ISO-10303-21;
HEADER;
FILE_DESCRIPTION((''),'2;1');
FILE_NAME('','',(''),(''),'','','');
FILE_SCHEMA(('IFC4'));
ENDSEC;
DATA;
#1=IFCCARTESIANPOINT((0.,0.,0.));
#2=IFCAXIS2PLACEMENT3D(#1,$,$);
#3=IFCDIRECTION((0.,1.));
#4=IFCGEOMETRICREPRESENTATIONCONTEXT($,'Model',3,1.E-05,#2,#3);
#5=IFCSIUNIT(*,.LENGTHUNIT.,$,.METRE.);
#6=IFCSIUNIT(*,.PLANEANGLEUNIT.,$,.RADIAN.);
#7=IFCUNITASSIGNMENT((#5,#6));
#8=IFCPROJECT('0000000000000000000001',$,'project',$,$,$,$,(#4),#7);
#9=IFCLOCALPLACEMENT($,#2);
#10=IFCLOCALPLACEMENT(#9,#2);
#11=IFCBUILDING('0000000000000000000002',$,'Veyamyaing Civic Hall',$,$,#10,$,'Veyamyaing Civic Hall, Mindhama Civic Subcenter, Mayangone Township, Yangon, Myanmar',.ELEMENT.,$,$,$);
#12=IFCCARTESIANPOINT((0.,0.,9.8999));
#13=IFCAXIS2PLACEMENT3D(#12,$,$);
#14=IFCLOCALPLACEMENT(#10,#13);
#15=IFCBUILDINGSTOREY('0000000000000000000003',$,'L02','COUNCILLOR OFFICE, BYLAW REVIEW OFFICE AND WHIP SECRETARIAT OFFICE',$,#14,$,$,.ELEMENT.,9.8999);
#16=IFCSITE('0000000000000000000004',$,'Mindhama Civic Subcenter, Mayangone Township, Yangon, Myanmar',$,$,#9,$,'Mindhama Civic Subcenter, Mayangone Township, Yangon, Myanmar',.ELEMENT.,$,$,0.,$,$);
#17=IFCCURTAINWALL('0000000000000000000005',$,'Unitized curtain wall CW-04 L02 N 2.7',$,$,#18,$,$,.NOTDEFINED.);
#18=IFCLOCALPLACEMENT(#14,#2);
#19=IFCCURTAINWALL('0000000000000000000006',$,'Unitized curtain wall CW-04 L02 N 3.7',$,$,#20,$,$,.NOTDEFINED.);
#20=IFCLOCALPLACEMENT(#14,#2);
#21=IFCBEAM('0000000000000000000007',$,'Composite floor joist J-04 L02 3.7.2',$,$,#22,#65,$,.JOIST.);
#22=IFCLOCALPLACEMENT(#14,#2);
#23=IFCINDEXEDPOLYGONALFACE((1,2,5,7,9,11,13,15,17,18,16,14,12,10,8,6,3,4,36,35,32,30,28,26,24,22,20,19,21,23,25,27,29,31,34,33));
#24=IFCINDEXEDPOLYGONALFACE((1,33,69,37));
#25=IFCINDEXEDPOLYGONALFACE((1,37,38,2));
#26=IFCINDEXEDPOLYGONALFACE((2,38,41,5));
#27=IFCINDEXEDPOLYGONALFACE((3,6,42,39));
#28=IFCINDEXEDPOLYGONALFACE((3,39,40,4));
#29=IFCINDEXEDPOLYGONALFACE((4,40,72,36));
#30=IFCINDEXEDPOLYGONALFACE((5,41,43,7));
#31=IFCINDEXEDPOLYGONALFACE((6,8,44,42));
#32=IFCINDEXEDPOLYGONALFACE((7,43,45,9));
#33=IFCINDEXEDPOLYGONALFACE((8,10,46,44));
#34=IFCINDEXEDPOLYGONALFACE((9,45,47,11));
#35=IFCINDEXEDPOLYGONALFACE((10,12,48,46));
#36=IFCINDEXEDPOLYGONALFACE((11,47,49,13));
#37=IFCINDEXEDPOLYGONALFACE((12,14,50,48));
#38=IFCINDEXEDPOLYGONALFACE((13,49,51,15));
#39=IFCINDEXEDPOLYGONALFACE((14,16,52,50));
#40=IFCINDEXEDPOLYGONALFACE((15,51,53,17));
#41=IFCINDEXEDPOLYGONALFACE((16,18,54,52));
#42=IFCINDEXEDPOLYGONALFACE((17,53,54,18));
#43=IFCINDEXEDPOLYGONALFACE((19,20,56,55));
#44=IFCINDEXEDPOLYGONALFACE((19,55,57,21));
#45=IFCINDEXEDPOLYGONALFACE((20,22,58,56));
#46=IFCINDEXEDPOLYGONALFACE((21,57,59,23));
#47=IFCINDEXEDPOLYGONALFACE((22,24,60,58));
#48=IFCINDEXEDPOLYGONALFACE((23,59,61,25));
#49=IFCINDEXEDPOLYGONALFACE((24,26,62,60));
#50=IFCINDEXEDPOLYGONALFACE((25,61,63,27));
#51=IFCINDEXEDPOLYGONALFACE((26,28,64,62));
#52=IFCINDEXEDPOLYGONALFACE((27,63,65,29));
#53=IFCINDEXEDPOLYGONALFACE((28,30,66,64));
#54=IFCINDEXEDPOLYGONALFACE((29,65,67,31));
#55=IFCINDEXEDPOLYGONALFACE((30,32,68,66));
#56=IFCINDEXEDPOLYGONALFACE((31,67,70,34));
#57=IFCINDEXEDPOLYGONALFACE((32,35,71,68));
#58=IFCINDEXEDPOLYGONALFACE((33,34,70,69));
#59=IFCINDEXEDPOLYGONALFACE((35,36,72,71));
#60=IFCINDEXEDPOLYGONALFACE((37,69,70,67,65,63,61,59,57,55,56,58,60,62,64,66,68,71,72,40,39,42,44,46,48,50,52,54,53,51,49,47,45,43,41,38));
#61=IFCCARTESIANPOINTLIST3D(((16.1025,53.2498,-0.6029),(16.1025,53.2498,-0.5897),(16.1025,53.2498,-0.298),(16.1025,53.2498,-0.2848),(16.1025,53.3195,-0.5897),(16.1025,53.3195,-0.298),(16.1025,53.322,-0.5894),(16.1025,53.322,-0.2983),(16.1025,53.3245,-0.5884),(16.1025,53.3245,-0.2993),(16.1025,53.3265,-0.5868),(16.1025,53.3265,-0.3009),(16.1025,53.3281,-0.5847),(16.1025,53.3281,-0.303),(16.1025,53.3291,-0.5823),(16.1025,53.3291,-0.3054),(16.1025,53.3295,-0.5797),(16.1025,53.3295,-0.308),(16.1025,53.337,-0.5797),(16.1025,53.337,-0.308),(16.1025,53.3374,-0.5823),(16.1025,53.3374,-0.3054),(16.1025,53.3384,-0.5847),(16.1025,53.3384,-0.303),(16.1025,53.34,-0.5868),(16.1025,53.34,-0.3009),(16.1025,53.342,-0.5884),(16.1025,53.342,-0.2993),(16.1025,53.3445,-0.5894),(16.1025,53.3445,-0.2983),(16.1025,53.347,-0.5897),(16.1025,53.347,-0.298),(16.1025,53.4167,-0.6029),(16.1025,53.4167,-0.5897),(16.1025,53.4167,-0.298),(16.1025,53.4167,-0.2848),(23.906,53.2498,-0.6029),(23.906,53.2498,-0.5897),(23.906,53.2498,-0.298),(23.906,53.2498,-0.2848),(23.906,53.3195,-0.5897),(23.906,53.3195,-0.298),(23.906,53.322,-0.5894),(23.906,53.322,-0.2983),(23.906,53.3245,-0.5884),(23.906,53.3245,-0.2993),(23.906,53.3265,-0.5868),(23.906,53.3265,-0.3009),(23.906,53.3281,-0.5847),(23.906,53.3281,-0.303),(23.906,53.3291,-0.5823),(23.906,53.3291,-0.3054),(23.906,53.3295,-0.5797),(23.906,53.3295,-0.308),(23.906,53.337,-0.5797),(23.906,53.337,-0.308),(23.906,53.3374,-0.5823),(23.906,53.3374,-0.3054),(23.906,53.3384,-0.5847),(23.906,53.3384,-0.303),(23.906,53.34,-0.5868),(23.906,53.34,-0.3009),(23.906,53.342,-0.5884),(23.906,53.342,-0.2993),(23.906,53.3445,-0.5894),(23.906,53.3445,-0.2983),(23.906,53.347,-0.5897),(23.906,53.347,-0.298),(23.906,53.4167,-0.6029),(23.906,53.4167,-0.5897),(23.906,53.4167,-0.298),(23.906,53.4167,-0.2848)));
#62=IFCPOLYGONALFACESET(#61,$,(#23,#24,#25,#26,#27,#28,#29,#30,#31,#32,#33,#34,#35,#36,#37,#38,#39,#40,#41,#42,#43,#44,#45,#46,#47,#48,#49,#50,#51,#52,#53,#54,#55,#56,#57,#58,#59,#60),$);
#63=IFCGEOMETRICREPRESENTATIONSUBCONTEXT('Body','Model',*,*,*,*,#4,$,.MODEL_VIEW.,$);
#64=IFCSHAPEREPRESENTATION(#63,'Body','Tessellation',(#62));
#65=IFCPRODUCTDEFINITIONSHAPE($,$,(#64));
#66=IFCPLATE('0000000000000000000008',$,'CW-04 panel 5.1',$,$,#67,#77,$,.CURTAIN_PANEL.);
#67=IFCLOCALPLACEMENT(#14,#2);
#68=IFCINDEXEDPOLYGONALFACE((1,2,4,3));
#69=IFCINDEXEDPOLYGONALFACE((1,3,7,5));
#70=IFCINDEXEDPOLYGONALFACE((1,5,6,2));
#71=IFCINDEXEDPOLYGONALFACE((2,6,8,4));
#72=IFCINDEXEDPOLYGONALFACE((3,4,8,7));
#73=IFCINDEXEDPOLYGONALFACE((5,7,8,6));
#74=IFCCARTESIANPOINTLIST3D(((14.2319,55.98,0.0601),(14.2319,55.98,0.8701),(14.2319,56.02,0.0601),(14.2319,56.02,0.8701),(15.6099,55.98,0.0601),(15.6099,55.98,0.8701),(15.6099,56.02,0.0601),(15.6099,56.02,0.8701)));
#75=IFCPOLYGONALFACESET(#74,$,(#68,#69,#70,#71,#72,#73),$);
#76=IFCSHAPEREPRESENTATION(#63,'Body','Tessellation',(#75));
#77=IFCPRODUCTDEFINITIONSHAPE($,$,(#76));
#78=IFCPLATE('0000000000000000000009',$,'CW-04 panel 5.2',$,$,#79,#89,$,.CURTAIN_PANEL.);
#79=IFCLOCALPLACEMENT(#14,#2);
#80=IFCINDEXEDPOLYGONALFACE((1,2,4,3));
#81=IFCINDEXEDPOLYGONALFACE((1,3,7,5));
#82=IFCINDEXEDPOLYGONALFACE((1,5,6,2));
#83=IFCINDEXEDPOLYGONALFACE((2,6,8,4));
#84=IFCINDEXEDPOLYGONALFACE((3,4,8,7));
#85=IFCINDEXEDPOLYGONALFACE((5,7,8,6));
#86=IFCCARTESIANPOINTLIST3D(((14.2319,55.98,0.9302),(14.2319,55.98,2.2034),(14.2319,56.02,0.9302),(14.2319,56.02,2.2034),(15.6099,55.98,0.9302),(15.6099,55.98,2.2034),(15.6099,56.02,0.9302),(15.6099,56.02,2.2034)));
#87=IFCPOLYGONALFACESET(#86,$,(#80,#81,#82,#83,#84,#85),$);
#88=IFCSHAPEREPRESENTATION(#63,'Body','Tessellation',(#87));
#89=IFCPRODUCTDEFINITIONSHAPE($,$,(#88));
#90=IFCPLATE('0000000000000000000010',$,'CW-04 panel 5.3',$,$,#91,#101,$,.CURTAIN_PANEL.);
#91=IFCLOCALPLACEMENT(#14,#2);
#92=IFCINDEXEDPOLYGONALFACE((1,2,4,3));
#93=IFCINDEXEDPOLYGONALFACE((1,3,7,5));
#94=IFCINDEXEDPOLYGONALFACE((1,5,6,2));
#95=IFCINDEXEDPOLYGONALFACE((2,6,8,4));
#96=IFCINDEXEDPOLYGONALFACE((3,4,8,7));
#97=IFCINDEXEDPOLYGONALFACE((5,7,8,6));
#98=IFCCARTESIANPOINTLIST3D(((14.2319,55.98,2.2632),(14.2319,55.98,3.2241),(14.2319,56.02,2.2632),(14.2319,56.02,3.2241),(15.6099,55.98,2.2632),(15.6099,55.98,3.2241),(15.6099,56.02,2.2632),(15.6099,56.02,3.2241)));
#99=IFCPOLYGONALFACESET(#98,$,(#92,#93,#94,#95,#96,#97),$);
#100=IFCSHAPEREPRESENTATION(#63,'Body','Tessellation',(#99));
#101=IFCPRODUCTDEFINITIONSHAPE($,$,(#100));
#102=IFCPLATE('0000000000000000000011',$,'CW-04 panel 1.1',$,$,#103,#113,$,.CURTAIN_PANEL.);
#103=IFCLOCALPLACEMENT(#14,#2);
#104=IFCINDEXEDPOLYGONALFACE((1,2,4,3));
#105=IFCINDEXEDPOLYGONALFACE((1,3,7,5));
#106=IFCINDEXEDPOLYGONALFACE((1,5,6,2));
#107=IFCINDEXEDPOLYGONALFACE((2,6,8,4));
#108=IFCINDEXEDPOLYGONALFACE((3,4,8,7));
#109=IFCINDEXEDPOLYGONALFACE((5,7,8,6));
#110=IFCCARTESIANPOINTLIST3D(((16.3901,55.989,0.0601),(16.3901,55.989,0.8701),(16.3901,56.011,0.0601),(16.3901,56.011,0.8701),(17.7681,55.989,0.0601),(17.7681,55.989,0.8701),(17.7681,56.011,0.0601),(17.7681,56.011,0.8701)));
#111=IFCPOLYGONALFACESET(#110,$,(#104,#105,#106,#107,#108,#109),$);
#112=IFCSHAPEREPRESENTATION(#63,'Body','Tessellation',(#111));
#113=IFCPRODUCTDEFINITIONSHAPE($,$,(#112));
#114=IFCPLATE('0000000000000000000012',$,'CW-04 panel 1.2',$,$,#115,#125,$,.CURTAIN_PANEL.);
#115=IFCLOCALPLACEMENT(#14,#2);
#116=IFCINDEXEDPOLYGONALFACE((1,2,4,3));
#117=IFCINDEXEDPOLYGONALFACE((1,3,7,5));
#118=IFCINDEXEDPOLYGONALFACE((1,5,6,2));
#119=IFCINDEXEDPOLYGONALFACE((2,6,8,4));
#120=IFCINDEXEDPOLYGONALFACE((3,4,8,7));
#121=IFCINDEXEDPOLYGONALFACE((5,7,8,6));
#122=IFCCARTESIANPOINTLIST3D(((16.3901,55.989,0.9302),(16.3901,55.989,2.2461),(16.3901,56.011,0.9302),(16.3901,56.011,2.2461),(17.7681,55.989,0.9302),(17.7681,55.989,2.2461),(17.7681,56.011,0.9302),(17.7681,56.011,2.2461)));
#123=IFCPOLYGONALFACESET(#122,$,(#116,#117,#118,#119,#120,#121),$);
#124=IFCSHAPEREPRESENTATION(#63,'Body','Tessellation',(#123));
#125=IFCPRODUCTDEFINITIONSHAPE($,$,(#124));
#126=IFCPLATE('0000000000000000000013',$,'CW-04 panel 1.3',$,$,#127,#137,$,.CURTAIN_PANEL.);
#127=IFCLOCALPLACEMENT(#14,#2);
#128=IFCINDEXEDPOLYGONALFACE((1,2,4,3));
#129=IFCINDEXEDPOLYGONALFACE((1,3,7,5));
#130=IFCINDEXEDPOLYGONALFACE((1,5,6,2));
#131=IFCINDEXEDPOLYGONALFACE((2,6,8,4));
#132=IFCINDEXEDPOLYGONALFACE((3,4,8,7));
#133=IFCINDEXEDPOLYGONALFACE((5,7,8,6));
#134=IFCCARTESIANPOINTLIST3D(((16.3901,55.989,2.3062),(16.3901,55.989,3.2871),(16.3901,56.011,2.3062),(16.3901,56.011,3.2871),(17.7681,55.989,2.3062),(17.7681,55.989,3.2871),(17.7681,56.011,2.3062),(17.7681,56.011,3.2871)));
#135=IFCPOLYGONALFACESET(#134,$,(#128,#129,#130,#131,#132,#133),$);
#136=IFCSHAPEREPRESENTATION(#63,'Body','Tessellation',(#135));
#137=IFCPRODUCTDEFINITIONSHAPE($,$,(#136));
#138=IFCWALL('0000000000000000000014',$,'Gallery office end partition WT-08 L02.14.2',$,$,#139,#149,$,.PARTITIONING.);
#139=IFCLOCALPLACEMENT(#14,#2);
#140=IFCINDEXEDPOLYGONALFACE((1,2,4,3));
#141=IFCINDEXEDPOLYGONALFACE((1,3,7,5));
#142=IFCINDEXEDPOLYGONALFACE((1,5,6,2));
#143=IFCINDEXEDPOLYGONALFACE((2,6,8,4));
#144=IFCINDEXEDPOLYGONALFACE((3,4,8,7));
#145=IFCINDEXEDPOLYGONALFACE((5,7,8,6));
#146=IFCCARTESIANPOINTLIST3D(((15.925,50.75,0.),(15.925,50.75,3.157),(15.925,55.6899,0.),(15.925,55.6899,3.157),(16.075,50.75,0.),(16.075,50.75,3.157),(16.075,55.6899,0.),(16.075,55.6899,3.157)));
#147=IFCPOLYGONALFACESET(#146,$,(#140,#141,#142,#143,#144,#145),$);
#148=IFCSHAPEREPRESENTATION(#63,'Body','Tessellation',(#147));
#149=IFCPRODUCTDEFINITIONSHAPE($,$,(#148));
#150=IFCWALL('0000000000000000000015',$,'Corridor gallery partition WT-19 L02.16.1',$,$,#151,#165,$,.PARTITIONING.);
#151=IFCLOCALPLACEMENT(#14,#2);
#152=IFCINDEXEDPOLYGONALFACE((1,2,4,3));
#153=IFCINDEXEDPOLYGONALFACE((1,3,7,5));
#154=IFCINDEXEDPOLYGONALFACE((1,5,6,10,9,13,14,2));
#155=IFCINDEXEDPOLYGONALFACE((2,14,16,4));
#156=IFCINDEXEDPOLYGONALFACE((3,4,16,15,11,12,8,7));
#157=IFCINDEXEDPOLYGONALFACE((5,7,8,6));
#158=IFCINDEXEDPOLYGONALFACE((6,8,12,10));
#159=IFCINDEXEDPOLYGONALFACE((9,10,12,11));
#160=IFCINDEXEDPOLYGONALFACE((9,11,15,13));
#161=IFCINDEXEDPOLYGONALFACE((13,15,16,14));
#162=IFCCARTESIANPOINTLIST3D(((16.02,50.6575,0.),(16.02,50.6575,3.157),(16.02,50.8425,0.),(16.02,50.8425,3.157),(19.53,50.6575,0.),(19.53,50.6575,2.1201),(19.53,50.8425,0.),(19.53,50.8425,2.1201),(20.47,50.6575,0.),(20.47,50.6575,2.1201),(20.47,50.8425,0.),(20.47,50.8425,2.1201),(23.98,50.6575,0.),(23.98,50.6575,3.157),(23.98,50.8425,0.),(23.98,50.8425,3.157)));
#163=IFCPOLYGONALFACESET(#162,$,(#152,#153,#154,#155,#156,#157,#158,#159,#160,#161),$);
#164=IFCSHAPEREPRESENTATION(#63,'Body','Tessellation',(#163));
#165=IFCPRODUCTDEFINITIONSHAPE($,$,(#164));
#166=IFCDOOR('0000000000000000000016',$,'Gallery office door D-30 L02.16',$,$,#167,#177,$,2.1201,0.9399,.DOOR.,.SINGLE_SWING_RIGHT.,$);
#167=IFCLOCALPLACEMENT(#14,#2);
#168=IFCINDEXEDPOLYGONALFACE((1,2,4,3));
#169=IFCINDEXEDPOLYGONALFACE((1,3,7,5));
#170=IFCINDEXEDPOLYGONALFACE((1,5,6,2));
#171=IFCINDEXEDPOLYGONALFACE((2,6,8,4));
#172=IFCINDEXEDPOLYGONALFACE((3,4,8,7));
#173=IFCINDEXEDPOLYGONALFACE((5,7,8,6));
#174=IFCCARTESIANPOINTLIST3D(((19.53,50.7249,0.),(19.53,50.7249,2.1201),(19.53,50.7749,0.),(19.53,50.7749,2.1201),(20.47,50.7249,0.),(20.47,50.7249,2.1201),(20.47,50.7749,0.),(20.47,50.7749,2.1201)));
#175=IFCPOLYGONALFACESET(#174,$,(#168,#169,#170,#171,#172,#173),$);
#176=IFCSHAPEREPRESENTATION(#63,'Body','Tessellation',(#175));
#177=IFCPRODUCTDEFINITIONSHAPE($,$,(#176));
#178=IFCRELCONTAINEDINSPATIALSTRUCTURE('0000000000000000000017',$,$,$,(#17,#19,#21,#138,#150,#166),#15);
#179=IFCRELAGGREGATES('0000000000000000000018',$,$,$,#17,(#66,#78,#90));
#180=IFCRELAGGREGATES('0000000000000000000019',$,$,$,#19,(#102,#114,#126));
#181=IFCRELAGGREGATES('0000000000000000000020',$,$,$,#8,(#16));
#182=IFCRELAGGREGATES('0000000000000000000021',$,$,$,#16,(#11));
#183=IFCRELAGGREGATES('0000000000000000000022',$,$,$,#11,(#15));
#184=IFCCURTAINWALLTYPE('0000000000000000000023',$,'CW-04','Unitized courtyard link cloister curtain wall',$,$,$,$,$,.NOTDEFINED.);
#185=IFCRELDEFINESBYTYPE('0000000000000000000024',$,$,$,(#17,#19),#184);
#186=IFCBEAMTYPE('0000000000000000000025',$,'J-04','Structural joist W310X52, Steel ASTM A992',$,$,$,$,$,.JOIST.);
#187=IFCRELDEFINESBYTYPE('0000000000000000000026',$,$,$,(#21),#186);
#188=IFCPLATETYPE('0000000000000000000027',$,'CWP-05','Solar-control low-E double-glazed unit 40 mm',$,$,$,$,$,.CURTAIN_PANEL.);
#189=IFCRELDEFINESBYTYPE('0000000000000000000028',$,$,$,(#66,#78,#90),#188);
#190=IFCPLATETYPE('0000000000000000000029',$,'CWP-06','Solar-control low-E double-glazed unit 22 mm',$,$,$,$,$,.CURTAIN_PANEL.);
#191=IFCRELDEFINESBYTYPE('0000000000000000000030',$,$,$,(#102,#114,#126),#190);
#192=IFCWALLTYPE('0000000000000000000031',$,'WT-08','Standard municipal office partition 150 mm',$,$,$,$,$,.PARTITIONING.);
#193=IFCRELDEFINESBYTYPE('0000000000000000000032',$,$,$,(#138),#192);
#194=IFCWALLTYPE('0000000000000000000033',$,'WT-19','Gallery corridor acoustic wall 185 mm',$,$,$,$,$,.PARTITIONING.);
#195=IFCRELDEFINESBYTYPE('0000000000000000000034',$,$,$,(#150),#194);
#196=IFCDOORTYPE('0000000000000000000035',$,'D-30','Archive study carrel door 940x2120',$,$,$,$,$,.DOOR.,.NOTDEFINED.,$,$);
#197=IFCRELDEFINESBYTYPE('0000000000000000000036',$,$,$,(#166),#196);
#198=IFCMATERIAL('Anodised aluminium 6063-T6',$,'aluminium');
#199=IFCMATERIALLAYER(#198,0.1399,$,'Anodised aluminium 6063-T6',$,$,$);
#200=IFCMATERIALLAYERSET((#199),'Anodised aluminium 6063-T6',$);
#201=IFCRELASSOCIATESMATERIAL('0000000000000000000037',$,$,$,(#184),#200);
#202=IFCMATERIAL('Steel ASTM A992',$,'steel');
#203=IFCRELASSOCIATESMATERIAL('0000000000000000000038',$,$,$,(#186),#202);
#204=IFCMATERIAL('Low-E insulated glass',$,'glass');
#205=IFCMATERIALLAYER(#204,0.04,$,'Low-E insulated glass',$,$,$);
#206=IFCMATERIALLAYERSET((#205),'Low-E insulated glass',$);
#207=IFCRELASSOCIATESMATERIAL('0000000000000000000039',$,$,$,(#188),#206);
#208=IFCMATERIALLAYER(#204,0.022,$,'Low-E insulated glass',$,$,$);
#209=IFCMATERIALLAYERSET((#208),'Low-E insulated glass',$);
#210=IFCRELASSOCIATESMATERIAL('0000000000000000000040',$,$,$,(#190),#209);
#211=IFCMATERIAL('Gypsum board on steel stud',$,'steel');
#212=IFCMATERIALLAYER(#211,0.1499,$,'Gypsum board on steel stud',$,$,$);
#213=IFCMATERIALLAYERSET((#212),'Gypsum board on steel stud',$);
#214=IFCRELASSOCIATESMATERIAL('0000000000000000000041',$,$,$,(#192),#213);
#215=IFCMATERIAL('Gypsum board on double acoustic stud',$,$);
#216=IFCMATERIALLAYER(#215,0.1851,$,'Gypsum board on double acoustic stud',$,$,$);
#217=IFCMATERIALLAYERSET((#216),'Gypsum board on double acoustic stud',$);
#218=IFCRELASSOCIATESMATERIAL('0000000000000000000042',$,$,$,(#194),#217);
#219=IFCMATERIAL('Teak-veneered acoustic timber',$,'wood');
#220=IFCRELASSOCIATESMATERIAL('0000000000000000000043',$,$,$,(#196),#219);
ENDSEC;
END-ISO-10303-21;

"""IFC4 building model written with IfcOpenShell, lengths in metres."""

from ifc_helpers import new_model, si_unit, direction, frame, frame_2d, origin, origin_2d, place, context, subcontext, project, spatial, rectangle, i_section, extrude, material, layer, layer_set, material_profile, profile_set, type_object, element, fill, aggregate, save


model = new_model("IFC4")

# Units and contexts
model_context = context("Model", 3, precision=1e-05, world=origin(), true_north=direction((0.0, 1.0)))
body_context = subcontext(model_context, "Body", "Model", "MODEL_VIEW")
ifc_project = project(units=[si_unit("LENGTHUNIT", "METRE"), si_unit("PLANEANGLEUNIT", "RADIAN")], contexts=[model_context])

# Site, building, storey
site_placement = place(None, origin())
site = spatial("IfcSite", under=ifc_project, at=site_placement, Name="Mindhama Civic Subcenter, Mayangone Township, Yangon, Myanmar", LongName="Mindhama Civic Subcenter, Mayangone Township, Yangon, Myanmar", CompositionType="ELEMENT", RefElevation=0.0)
building_placement = place(site_placement, origin())
building = spatial("IfcBuilding", under=site, at=building_placement, Name="Veyamyaing Civic Hall", LongName="Veyamyaing Civic Hall, Mindhama Civic Subcenter, Mayangone Township, Yangon, Myanmar", CompositionType="ELEMENT")
storey_placement = place(building_placement, frame((0.0, 0.0, 9.8999)))
storey = spatial("IfcBuildingStorey", under=building, at=storey_placement, Name="L02", Description="COUNCILLOR OFFICE, BYLAW REVIEW OFFICE AND WHIP SECRETARIAT OFFICE", CompositionType="ELEMENT", Elevation=9.8999)

# Shared definitions
ifc_material_1 = material(Name="Steel ASTM A992", Category="steel")

# Curtain wall
ifc_material_2 = material(Name="Anodised aluminium 6063-T6", Category="aluminium")
ifc_layer_1 = layer(ifc_material_2, 0.1399, Name="Anodised aluminium 6063-T6")
ifc_layer_set_1 = layer_set([ifc_layer_1], Name="Anodised aluminium 6063-T6")
curtain_wall_type = type_object("IfcCurtainWallType", Name="CW-04", Description="Unitized courtyard link cloister curtain wall", PredefinedType="NOTDEFINED", material=ifc_layer_set_1)
curtain_wall_1_placement = place(storey_placement, origin())
curtain_wall_1 = element("IfcCurtainWall", 1, at=curtain_wall_1_placement, inside=storey, type_object=curtain_wall_type, Name="Unitized curtain wall CW-04 L02 N 2.7", PredefinedType="NOTDEFINED")

# Curtain wall
curtain_wall_2_placement = place(storey_placement, origin())
curtain_wall_2 = element("IfcCurtainWall", 2, at=curtain_wall_2_placement, inside=storey, type_object=curtain_wall_type, Name="Unitized curtain wall CW-04 L02 N 3.7", PredefinedType="NOTDEFINED")

# Beam
ifc_material_profile_1 = material_profile(ifc_material_1, i_section(OverallWidth=0.167, OverallDepth=0.3181, WebThickness=0.0076, FlangeThickness=0.0132, FilletRadius=0.01, at=origin_2d()), Name="W310X52")
ifc_profile_set_1 = profile_set([ifc_material_profile_1], Name="Steel ASTM A992")
beam_type_1 = type_object("IfcBeamType", Name="J-04", Description="Structural joist W310X52, Steel ASTM A992", PredefinedType="JOIST", material=ifc_profile_set_1)
beam_1_placement = place(storey_placement, frame((16.1025, 53.3333, -0.4438), z_axis=(1.0, 0.0, 0.0), x_axis=(0.0, 1.0, 0.0)))
element("IfcBeam", 3, at=beam_1_placement, inside=storey, type_object=beam_type_1, Name="Composite floor joist J-04 L02 3.7.2", PredefinedType="JOIST", context=body_context, shape_type="SweptSolid", body=[
    extrude(i_section(OverallWidth=0.167, OverallDepth=0.3181, WebThickness=0.0076, FlangeThickness=0.0132, FilletRadius=0.01, at=origin_2d()), origin(), (0.0, 0.0, 1.0), 7.8035),
])

# Plates
ifc_material_3 = material(Name="Low-E insulated glass", Category="glass")
ifc_layer_2 = layer(ifc_material_3, 0.04, Name="Low-E insulated glass")
ifc_layer_set_2 = layer_set([ifc_layer_2], Name="Low-E insulated glass")
plate_type_1 = type_object("IfcPlateType", Name="CWP-05", Description="Solar-control low-E double-glazed unit 40 mm", PredefinedType="CURTAIN_PANEL", material=ifc_layer_set_2)
plate_1_placement = place(storey_placement, frame((14.9209, 56.0, 0.0601), z_axis=(0.0, 0.0, 1.0), x_axis=(1.0, 0.0, 0.0)))
plate_1 = element("IfcPlate", 4, at=plate_1_placement, type_object=plate_type_1, Name="CW-04 panel 5.1", PredefinedType="CURTAIN_PANEL", context=body_context, shape_type="SweptSolid", body=[
    extrude(rectangle(XDim=1.3779, YDim=0.04, at=origin_2d()), origin(), (0.0, 0.0, 1.0), 0.8101),
])
plate_2_placement = place(storey_placement, frame((14.9209, 56.0, 0.9302), z_axis=(0.0, 0.0, 1.0), x_axis=(1.0, 0.0, 0.0)))
plate_2 = element("IfcPlate", 5, at=plate_2_placement, type_object=plate_type_1, Name="CW-04 panel 5.2", PredefinedType="CURTAIN_PANEL", context=body_context, shape_type="SweptSolid", body=[
    extrude(rectangle(XDim=1.3779, YDim=0.04, at=origin_2d()), origin(), (0.0, 0.0, 1.0), 1.2732),
])
plate_3_placement = place(storey_placement, frame((14.9209, 56.0, 2.2632), z_axis=(0.0, 0.0, 1.0), x_axis=(1.0, 0.0, 0.0)))
plate_3 = element("IfcPlate", 6, at=plate_3_placement, type_object=plate_type_1, Name="CW-04 panel 5.3", PredefinedType="CURTAIN_PANEL", context=body_context, shape_type="SweptSolid", body=[
    extrude(rectangle(XDim=1.3779, YDim=0.04, at=origin_2d()), origin(), (0.0, 0.0, 1.0), 0.9609),
])
aggregate(curtain_wall_1, [plate_1, plate_2, plate_3])
ifc_layer_3 = layer(ifc_material_3, 0.022, Name="Low-E insulated glass")
ifc_layer_set_3 = layer_set([ifc_layer_3], Name="Low-E insulated glass")
plate_type_2 = type_object("IfcPlateType", Name="CWP-06", Description="Solar-control low-E double-glazed unit 22 mm", PredefinedType="CURTAIN_PANEL", material=ifc_layer_set_3)
plate_4_placement = place(storey_placement, frame((17.0791, 56.0, 0.0601), z_axis=(0.0, 0.0, 1.0), x_axis=(1.0, 0.0, 0.0)))
plate_4 = element("IfcPlate", 7, at=plate_4_placement, type_object=plate_type_2, Name="CW-04 panel 1.1", PredefinedType="CURTAIN_PANEL", context=body_context, shape_type="SweptSolid", body=[
    extrude(rectangle(XDim=1.3779, YDim=0.022, at=origin_2d()), origin(), (0.0, 0.0, 1.0), 0.8101),
])
plate_5_placement = place(storey_placement, frame((17.0791, 56.0, 0.9302), z_axis=(0.0, 0.0, 1.0), x_axis=(1.0, 0.0, 0.0)))
plate_5 = element("IfcPlate", 8, at=plate_5_placement, type_object=plate_type_2, Name="CW-04 panel 1.2", PredefinedType="CURTAIN_PANEL", context=body_context, shape_type="SweptSolid", body=[
    extrude(rectangle(XDim=1.3779, YDim=0.022, at=origin_2d()), origin(), (0.0, 0.0, 1.0), 1.3159),
])
plate_6_placement = place(storey_placement, frame((17.0791, 56.0, 2.3062), z_axis=(0.0, 0.0, 1.0), x_axis=(1.0, 0.0, 0.0)))
plate_6 = element("IfcPlate", 9, at=plate_6_placement, type_object=plate_type_2, Name="CW-04 panel 1.3", PredefinedType="CURTAIN_PANEL", context=body_context, shape_type="SweptSolid", body=[
    extrude(rectangle(XDim=1.3779, YDim=0.022, at=origin_2d()), origin(), (0.0, 0.0, 1.0), 0.981),
])
aggregate(curtain_wall_2, [plate_4, plate_5, plate_6])

# Wall
ifc_material_4 = material(Name="Gypsum board on steel stud", Category="steel")
ifc_layer_4 = layer(ifc_material_4, 0.1499, Name="Gypsum board on steel stud")
ifc_layer_set_4 = layer_set([ifc_layer_4], Name="Gypsum board on steel stud")
wall_type_1 = type_object("IfcWallType", Name="WT-08", Description="Standard municipal office partition 150 mm", PredefinedType="PARTITIONING", material=ifc_layer_set_4)
wall_1_placement = place(storey_placement, frame((16.0, 50.75, 0.0), z_axis=(0.0, 0.0, 1.0), x_axis=(0.0, 1.0, 0.0)))
element("IfcWall", 10, at=wall_1_placement, inside=storey, type_object=wall_type_1, Name="Gallery office end partition WT-08 L02.14.2", PredefinedType="PARTITIONING", context=body_context, shape_type="SweptSolid", body=[
    extrude(rectangle(XDim=4.9399, YDim=0.1499, at=frame_2d((2.47, 0.0))), origin(), (0.0, 0.0, 1.0), 3.157),
])

# Wall, opening, door
ifc_material_5 = material(Name="Gypsum board on double acoustic stud")
ifc_layer_5 = layer(ifc_material_5, 0.1851, Name="Gypsum board on double acoustic stud")
ifc_layer_set_5 = layer_set([ifc_layer_5], Name="Gypsum board on double acoustic stud")
wall_type_2 = type_object("IfcWallType", Name="WT-19", Description="Gallery corridor acoustic wall 185 mm", PredefinedType="PARTITIONING", material=ifc_layer_set_5)
wall_2_placement = place(storey_placement, frame((16.02, 50.75, 0.0), z_axis=(0.0, 0.0, 1.0), x_axis=(1.0, 0.0, 0.0)))
wall_2 = element("IfcWall", 11, at=wall_2_placement, inside=storey, type_object=wall_type_2, Name="Corridor gallery partition WT-19 L02.16.1", PredefinedType="PARTITIONING", context=body_context, shape_type="SweptSolid", body=[
    extrude(rectangle(XDim=7.96, YDim=0.1851, at=frame_2d((3.98, 0.0))), origin(), (0.0, 0.0, 1.0), 3.157),
])
opening_placement = place(wall_2_placement, frame((3.51, 0.0, 0.0)))
opening = element("IfcOpeningElement", 12, at=opening_placement, cuts=wall_2, PredefinedType="OPENING", context=body_context, shape_type="SweptSolid", body=[
    extrude(rectangle(XDim=0.9399, YDim=2.1201, at=frame_2d((0.47, 1.0601))), frame((0.0, 0.1025, 0.0), z_axis=(0.0, -1.0, 0.0), x_axis=(1.0, 0.0, 0.0)), (0.0, 0.0, 1.0), 0.2051),
])
ifc_material_6 = material(Name="Teak-veneered acoustic timber", Category="wood")
door_type = type_object("IfcDoorType", Name="D-30", Description="Archive study carrel door 940x2120", OperationType="NOTDEFINED", PredefinedType="DOOR", material=ifc_material_6)
door_placement = place(opening_placement, origin())
door = element("IfcDoor", 13, at=door_placement, inside=storey, type_object=door_type, Name="Gallery office door D-30 L02.16", OperationType="SINGLE_SWING_RIGHT", OverallHeight=2.1201, OverallWidth=0.9399, PredefinedType="DOOR", context=body_context, shape_type="SweptSolid", body=[
    extrude(rectangle(XDim=0.9399, YDim=2.1201, at=frame_2d((0.47, 1.0601))), frame((0.0, 0.0249, 0.0), z_axis=(0.0, -1.0, 0.0), x_axis=(1.0, 0.0, 0.0)), (0.0, 0.0, 1.0), 0.05),
])
fill(opening, door)

save(model, "model.ifc")
